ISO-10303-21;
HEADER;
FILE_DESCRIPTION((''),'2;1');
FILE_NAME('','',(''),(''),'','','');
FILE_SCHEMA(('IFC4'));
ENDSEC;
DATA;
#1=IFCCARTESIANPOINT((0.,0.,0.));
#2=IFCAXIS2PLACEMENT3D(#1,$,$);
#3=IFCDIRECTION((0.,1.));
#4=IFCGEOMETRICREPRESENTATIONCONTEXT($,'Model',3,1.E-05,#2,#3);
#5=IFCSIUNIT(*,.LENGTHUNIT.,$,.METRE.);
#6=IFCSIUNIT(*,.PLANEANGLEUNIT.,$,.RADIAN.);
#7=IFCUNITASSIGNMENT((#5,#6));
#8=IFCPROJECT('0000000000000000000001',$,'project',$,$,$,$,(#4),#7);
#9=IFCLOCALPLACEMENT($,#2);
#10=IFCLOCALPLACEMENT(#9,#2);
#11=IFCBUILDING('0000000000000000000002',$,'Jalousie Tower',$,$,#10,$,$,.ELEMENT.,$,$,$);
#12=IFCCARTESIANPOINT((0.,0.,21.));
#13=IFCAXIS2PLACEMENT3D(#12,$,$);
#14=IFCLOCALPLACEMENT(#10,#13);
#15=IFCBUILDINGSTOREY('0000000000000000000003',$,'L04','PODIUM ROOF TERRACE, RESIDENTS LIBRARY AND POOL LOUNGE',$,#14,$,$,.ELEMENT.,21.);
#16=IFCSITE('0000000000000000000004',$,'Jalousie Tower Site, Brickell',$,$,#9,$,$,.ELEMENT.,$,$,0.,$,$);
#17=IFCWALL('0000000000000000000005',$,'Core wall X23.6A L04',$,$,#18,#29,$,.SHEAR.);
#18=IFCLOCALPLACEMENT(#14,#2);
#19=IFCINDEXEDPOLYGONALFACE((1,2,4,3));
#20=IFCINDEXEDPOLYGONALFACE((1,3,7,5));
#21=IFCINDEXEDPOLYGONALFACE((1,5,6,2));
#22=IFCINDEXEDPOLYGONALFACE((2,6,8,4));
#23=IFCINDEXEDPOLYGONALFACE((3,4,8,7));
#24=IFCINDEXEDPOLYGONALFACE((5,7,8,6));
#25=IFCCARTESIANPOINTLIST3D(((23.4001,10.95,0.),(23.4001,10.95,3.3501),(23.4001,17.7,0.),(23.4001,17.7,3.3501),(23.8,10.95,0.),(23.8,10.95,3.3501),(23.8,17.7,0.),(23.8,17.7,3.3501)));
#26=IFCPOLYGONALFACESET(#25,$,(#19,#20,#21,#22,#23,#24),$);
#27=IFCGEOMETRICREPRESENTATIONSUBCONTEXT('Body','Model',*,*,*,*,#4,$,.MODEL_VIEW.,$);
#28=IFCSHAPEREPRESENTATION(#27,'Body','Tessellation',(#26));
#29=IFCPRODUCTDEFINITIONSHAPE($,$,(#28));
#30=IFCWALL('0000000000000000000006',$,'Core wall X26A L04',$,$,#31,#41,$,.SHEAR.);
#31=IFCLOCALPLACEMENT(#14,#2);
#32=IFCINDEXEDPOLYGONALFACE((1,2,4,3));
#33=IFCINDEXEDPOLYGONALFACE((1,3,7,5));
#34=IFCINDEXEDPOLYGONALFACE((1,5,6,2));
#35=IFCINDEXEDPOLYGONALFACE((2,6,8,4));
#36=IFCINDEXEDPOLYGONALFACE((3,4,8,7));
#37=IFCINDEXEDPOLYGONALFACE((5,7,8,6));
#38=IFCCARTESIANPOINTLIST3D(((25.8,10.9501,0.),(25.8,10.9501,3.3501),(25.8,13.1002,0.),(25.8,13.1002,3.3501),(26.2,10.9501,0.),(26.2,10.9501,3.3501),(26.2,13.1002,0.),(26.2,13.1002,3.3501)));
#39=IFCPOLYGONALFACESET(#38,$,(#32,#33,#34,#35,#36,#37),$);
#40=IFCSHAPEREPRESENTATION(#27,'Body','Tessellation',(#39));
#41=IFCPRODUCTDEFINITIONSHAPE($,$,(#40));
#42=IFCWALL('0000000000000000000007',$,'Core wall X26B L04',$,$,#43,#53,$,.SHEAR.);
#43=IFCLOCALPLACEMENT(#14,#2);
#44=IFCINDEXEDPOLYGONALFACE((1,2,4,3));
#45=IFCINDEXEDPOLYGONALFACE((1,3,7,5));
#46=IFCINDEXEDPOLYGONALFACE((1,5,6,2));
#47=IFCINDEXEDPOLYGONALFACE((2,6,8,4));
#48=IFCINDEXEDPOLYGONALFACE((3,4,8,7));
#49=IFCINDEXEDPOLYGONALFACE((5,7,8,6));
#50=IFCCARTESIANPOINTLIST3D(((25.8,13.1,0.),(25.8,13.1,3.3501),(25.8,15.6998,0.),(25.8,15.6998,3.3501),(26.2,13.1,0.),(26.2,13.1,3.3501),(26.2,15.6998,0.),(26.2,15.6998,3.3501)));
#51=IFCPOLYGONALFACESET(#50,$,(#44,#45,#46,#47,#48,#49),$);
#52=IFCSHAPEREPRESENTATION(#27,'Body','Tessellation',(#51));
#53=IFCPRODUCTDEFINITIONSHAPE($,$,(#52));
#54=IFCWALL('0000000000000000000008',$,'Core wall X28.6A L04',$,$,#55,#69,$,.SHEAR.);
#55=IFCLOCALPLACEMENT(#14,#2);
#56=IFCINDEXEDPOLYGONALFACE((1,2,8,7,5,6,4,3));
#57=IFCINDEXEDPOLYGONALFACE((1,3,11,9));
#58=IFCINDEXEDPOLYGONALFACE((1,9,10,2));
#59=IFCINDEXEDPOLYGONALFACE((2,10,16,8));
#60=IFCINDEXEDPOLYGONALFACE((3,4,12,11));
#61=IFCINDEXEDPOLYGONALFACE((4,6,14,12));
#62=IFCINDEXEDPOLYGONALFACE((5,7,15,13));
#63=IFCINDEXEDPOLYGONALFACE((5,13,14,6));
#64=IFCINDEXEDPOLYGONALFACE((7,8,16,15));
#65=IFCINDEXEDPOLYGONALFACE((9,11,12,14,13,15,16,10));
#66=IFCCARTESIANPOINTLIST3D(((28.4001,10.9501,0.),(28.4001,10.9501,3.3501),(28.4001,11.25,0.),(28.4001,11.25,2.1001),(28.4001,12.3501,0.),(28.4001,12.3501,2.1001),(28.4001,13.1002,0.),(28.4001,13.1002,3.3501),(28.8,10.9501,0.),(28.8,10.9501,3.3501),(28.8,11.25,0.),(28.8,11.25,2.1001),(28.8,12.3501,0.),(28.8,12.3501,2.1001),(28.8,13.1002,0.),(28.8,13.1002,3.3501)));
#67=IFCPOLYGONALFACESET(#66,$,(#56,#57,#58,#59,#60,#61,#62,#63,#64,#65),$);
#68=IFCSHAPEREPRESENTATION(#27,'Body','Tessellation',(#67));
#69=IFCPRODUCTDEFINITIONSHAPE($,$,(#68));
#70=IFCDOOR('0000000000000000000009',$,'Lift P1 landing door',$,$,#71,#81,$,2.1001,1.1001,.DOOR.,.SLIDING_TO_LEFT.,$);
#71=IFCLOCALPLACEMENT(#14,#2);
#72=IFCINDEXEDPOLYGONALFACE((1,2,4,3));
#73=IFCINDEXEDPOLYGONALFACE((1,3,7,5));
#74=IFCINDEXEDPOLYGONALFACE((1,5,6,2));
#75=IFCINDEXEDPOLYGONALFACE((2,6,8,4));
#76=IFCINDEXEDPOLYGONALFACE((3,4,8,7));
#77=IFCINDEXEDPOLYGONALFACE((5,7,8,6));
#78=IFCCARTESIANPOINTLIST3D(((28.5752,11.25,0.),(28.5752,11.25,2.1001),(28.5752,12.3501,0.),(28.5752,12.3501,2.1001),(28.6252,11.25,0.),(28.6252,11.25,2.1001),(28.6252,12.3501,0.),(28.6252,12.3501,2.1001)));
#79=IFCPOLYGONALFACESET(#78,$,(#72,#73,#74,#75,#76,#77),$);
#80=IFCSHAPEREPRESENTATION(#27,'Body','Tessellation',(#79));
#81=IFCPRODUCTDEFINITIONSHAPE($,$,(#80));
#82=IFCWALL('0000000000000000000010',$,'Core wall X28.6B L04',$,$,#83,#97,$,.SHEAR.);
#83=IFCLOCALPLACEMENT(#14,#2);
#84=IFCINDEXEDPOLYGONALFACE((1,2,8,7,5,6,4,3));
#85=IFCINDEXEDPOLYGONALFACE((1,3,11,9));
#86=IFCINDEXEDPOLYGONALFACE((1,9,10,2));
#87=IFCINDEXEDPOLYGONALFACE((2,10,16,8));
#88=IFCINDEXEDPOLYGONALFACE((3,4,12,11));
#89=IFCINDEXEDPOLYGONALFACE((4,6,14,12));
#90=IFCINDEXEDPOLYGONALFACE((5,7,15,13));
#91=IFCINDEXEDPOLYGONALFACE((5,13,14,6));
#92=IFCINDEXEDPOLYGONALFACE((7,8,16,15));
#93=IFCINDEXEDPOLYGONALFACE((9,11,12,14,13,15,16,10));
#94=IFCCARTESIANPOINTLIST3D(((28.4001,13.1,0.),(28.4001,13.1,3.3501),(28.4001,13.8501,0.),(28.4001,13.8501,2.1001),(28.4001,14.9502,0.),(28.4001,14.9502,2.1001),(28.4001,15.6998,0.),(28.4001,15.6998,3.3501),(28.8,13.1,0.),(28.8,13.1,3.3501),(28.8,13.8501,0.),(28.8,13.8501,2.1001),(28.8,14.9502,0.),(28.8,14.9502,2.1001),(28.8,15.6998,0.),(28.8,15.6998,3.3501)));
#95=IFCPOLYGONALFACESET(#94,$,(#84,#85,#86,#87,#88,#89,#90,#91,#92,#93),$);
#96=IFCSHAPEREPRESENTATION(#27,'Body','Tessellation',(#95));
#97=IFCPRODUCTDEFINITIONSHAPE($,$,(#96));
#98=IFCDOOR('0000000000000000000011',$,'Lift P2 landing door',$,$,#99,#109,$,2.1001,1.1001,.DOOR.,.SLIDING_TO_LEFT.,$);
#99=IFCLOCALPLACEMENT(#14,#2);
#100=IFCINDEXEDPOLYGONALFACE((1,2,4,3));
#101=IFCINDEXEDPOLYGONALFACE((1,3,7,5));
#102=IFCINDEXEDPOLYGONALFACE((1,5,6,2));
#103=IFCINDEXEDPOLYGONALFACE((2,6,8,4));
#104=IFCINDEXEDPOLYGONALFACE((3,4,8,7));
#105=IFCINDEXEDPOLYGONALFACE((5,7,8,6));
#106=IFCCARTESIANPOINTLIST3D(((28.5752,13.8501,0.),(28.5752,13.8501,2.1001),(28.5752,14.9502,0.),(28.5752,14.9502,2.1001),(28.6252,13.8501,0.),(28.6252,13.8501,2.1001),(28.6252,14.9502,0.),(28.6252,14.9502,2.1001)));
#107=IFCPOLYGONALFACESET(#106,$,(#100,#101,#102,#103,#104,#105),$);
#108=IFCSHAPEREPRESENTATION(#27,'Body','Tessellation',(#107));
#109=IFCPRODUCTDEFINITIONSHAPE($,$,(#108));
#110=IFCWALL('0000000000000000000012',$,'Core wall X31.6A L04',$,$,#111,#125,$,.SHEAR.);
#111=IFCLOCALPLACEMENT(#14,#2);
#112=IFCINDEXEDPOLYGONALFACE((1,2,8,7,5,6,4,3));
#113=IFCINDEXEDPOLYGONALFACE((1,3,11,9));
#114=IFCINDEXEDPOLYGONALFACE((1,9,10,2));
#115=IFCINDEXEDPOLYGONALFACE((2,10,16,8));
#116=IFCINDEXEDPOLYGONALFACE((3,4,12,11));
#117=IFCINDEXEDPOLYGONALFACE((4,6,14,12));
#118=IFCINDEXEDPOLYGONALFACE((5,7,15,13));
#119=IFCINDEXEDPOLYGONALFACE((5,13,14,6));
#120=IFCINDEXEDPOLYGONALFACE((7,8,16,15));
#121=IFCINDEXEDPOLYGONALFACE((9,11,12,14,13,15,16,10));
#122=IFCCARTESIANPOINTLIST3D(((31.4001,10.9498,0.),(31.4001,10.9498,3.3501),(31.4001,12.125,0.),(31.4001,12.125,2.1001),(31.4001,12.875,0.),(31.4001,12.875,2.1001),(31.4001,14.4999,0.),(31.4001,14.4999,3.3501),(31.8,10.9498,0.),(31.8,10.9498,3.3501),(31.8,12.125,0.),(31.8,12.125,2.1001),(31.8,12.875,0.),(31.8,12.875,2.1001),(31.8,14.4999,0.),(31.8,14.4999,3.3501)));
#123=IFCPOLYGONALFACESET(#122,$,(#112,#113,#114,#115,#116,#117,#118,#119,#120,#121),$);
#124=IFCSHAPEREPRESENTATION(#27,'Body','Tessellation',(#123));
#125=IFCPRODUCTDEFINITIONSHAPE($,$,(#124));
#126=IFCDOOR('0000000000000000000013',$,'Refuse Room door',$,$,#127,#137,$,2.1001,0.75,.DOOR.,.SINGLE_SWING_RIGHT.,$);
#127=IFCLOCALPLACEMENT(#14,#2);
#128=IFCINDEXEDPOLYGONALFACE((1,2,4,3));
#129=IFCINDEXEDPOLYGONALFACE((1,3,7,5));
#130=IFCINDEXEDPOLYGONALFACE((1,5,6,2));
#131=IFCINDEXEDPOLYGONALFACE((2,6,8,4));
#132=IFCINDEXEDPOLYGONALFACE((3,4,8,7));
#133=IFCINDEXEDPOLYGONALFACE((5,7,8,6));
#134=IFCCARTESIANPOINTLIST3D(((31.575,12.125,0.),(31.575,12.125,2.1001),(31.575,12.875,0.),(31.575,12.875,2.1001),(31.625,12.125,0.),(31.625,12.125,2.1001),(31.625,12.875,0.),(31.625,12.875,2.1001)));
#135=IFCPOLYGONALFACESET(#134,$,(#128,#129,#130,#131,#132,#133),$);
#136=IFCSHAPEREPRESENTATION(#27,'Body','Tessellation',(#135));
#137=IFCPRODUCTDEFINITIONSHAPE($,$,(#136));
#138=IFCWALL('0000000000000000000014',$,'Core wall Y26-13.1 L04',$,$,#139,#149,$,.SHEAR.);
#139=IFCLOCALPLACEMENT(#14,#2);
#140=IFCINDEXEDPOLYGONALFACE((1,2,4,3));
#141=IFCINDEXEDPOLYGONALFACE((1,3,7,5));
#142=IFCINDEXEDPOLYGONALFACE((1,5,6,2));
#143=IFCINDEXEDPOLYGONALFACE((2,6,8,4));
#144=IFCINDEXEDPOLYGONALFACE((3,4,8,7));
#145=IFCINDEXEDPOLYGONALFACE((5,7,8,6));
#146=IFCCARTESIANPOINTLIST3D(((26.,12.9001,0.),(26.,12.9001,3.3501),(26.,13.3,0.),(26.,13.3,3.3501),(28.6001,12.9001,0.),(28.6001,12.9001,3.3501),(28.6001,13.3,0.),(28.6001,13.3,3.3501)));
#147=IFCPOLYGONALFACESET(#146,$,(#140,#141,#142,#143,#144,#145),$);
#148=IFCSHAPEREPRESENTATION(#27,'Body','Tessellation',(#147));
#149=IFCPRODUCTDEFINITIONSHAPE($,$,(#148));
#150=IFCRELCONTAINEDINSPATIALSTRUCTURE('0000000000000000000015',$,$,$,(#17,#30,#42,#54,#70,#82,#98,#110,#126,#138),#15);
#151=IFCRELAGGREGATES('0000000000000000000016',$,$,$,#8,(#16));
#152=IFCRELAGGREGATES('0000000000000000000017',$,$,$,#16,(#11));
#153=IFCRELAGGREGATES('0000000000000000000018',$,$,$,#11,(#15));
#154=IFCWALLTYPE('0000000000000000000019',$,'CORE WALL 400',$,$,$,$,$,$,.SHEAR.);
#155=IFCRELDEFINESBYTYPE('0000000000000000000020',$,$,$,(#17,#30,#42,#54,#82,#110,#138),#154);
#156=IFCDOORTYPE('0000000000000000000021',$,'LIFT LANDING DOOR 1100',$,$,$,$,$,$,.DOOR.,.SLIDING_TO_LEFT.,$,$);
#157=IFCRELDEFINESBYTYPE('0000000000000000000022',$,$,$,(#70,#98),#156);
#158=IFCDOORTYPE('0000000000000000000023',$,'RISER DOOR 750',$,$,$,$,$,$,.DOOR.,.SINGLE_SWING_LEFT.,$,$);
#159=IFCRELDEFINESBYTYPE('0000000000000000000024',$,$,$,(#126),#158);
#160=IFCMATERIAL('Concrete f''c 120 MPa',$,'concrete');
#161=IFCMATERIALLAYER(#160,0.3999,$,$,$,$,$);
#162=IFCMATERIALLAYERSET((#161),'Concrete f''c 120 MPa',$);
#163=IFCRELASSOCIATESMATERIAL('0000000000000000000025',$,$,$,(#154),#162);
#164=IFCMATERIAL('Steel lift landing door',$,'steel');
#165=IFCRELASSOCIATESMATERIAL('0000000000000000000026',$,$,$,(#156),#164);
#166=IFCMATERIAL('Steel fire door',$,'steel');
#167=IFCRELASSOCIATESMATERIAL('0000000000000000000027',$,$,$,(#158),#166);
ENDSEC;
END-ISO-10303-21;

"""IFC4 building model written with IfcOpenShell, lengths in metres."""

from ifc_helpers import new_model, si_unit, direction, frame, frame_2d, origin, place, context, subcontext, project, spatial, rectangle, extrude, material, layer, layer_set, type_object, element, fill, save


model = new_model("IFC4")

# Units and contexts
model_context = context("Model", 3, precision=1e-05, world=origin(), true_north=direction((0.0, 1.0)))
body_context = subcontext(model_context, "Body", "Model", "MODEL_VIEW")
ifc_project = project(units=[si_unit("LENGTHUNIT", "METRE"), si_unit("PLANEANGLEUNIT", "RADIAN")], contexts=[model_context])

# Site, building, storey
site_placement = place(None, origin())
site = spatial("IfcSite", under=ifc_project, at=site_placement, Name="Jalousie Tower Site, Brickell", CompositionType="ELEMENT", RefElevation=0.0)
building_placement = place(site_placement, origin())
building = spatial("IfcBuilding", under=site, at=building_placement, Name="Jalousie Tower", CompositionType="ELEMENT")
storey_placement = place(building_placement, frame((0.0, 0.0, 21.0)))
storey = spatial("IfcBuildingStorey", under=building, at=storey_placement, Name="L04", Description="PODIUM ROOF TERRACE, RESIDENTS LIBRARY AND POOL LOUNGE", CompositionType="ELEMENT", Elevation=21.0)

# Walls
ifc_material_1 = material(Name="Concrete f'c 120 MPa", Category="concrete")
ifc_layer_1 = layer(ifc_material_1, 0.3999)
ifc_layer_set_1 = layer_set([ifc_layer_1], Name="Concrete f'c 120 MPa")
wall_type_1 = type_object("IfcWallType", Name="CORE WALL 400", PredefinedType="SHEAR", material=ifc_layer_set_1)
wall_1_placement = place(storey_placement, frame((23.6001, 10.95, 0.0), z_axis=(0.0, 0.0, 1.0), x_axis=(0.0, 1.0, 0.0)))
element("IfcWall", 1, at=wall_1_placement, inside=storey, type_object=wall_type_1, Name="Core wall X23.6A L04", PredefinedType="SHEAR", context=body_context, shape_type="SweptSolid", body=[
    extrude(rectangle(XDim=6.75, YDim=0.3999, at=frame_2d((3.375, 0.0))), origin(), (0.0, 0.0, 1.0), 3.3501),
])
wall_2_placement = place(storey_placement, frame((26.0, 10.95, 0.0), z_axis=(0.0, 0.0, 1.0), x_axis=(0.0, 1.0, 0.0)))
element("IfcWall", 2, at=wall_2_placement, inside=storey, type_object=wall_type_1, Name="Core wall X26A L04", PredefinedType="SHEAR", context=body_context, shape_type="SweptSolid", body=[
    extrude(rectangle(XDim=2.1501, YDim=0.3999, at=frame_2d((1.0752, 0.0))), origin(), (0.0, 0.0, 1.0), 3.3501),
])
wall_3_placement = place(storey_placement, frame((26.0, 13.1001, 0.0), z_axis=(0.0, 0.0, 1.0), x_axis=(0.0, 1.0, 0.0)))
element("IfcWall", 3, at=wall_3_placement, inside=storey, type_object=wall_type_1, Name="Core wall X26B L04", PredefinedType="SHEAR", context=body_context, shape_type="SweptSolid", body=[
    extrude(rectangle(XDim=2.5999, YDim=0.3999, at=frame_2d((1.2998, 0.0))), origin(), (0.0, 0.0, 1.0), 3.3501),
])

# Walls, openings, doors
wall_4_placement = place(storey_placement, frame((28.6001, 10.95, 0.0), z_axis=(0.0, 0.0, 1.0), x_axis=(0.0, 1.0, 0.0)))
wall_4 = element("IfcWall", 4, at=wall_4_placement, inside=storey, type_object=wall_type_1, Name="Core wall X28.6A L04", PredefinedType="SHEAR", context=body_context, shape_type="SweptSolid", body=[
    extrude(rectangle(XDim=2.1501, YDim=0.3999, at=frame_2d((1.0752, 0.0))), origin(), (0.0, 0.0, 1.0), 3.3501),
])
opening_1_placement = place(wall_4_placement, frame((0.3, 0.0, 0.0)))
opening_1 = element("IfcOpeningElement", 5, at=opening_1_placement, cuts=wall_4, PredefinedType="OPENING", context=body_context, shape_type="SweptSolid", body=[
    extrude(rectangle(XDim=1.1001, YDim=2.1001, at=frame_2d((0.55, 1.05))), frame((0.0, 0.21, 0.0), z_axis=(0.0, -1.0, 0.0), x_axis=(1.0, 0.0, 0.0)), (0.0, 0.0, 1.0), 0.4199),
])
ifc_material_2 = material(Name="Steel lift landing door", Category="steel")
door_type_1 = type_object("IfcDoorType", Name="LIFT LANDING DOOR 1100", OperationType="SLIDING_TO_LEFT", PredefinedType="DOOR", material=ifc_material_2)
door_1_placement = place(opening_1_placement, origin())
door_1 = element("IfcDoor", 6, at=door_1_placement, inside=storey, type_object=door_type_1, Name="Lift P1 landing door", OperationType="SLIDING_TO_LEFT", OverallHeight=2.1001, OverallWidth=1.1001, PredefinedType="DOOR", context=body_context, shape_type="SweptSolid", body=[
    extrude(rectangle(XDim=1.1001, YDim=2.1001, at=frame_2d((0.55, 1.05))), frame((0.0, 0.0249, 0.0), z_axis=(0.0, -1.0, 0.0), x_axis=(1.0, 0.0, 0.0)), (0.0, 0.0, 1.0), 0.05),
])
fill(opening_1, door_1)
wall_5_placement = place(storey_placement, frame((28.6001, 13.1001, 0.0), z_axis=(0.0, 0.0, 1.0), x_axis=(0.0, 1.0, 0.0)))
wall_5 = element("IfcWall", 7, at=wall_5_placement, inside=storey, type_object=wall_type_1, Name="Core wall X28.6B L04", PredefinedType="SHEAR", context=body_context, shape_type="SweptSolid", body=[
    extrude(rectangle(XDim=2.5999, YDim=0.3999, at=frame_2d((1.2998, 0.0))), origin(), (0.0, 0.0, 1.0), 3.3501),
])
opening_2_placement = place(wall_5_placement, frame((0.75, 0.0, 0.0)))
opening_2 = element("IfcOpeningElement", 8, at=opening_2_placement, cuts=wall_5, PredefinedType="OPENING", context=body_context, shape_type="SweptSolid", body=[
    extrude(rectangle(XDim=1.1001, YDim=2.1001, at=frame_2d((0.55, 1.05))), frame((0.0, 0.21, 0.0), z_axis=(0.0, -1.0, 0.0), x_axis=(1.0, 0.0, 0.0)), (0.0, 0.0, 1.0), 0.4199),
])
door_2_placement = place(opening_2_placement, origin())
door_2 = element("IfcDoor", 9, at=door_2_placement, inside=storey, type_object=door_type_1, Name="Lift P2 landing door", OperationType="SLIDING_TO_LEFT", OverallHeight=2.1001, OverallWidth=1.1001, PredefinedType="DOOR", context=body_context, shape_type="SweptSolid", body=[
    extrude(rectangle(XDim=1.1001, YDim=2.1001, at=frame_2d((0.55, 1.05))), frame((0.0, 0.0249, 0.0), z_axis=(0.0, -1.0, 0.0), x_axis=(1.0, 0.0, 0.0)), (0.0, 0.0, 1.0), 0.05),
])
fill(opening_2, door_2)
wall_6_placement = place(storey_placement, frame((31.6001, 10.95, 0.0), z_axis=(0.0, 0.0, 1.0), x_axis=(0.0, 1.0, 0.0)))
wall_6 = element("IfcWall", 10, at=wall_6_placement, inside=storey, type_object=wall_type_1, Name="Core wall X31.6A L04", PredefinedType="SHEAR", context=body_context, shape_type="SweptSolid", body=[
    extrude(rectangle(XDim=3.55, YDim=0.3999, at=frame_2d((1.7749, 0.0))), origin(), (0.0, 0.0, 1.0), 3.3501),
])
opening_3_placement = place(wall_6_placement, frame((1.175, 0.0, 0.0)))
opening_3 = element("IfcOpeningElement", 11, at=opening_3_placement, cuts=wall_6, PredefinedType="OPENING", context=body_context, shape_type="SweptSolid", body=[
    extrude(rectangle(XDim=0.75, YDim=2.1001, at=frame_2d((0.375, 1.05))), frame((0.0, 0.21, 0.0), z_axis=(0.0, -1.0, 0.0), x_axis=(1.0, 0.0, 0.0)), (0.0, 0.0, 1.0), 0.4199),
])
ifc_material_3 = material(Name="Steel fire door", Category="steel")
door_type_2 = type_object("IfcDoorType", Name="RISER DOOR 750", OperationType="SINGLE_SWING_LEFT", PredefinedType="DOOR", material=ifc_material_3)
door_3_placement = place(opening_3_placement, frame((0.75, 0.0, 0.0), z_axis=(0.0, 0.0, 1.0), x_axis=(-1.0, 0.0, 0.0)))
door_3 = element("IfcDoor", 12, at=door_3_placement, inside=storey, type_object=door_type_2, Name="Refuse Room door", OperationType="SINGLE_SWING_RIGHT", OverallHeight=2.1001, OverallWidth=0.75, PredefinedType="DOOR", context=body_context, shape_type="SweptSolid", body=[
    extrude(rectangle(XDim=0.75, YDim=2.1001, at=frame_2d((0.375, 1.05))), frame((0.0, 0.0249, 0.0), z_axis=(0.0, -1.0, 0.0), x_axis=(1.0, 0.0, 0.0)), (0.0, 0.0, 1.0), 0.05),
])
fill(opening_3, door_3)

# Wall
wall_7_placement = place(storey_placement, frame((26.0, 13.1001, 0.0), z_axis=(0.0, 0.0, 1.0), x_axis=(1.0, 0.0, 0.0)))
element("IfcWall", 13, at=wall_7_placement, inside=storey, type_object=wall_type_1, Name="Core wall Y26-13.1 L04", PredefinedType="SHEAR", context=body_context, shape_type="SweptSolid", body=[
    extrude(rectangle(XDim=2.6001, YDim=0.3999, at=frame_2d((1.3, 0.0))), origin(), (0.0, 0.0, 1.0), 3.3501),
])

save(model, "model.ifc")
